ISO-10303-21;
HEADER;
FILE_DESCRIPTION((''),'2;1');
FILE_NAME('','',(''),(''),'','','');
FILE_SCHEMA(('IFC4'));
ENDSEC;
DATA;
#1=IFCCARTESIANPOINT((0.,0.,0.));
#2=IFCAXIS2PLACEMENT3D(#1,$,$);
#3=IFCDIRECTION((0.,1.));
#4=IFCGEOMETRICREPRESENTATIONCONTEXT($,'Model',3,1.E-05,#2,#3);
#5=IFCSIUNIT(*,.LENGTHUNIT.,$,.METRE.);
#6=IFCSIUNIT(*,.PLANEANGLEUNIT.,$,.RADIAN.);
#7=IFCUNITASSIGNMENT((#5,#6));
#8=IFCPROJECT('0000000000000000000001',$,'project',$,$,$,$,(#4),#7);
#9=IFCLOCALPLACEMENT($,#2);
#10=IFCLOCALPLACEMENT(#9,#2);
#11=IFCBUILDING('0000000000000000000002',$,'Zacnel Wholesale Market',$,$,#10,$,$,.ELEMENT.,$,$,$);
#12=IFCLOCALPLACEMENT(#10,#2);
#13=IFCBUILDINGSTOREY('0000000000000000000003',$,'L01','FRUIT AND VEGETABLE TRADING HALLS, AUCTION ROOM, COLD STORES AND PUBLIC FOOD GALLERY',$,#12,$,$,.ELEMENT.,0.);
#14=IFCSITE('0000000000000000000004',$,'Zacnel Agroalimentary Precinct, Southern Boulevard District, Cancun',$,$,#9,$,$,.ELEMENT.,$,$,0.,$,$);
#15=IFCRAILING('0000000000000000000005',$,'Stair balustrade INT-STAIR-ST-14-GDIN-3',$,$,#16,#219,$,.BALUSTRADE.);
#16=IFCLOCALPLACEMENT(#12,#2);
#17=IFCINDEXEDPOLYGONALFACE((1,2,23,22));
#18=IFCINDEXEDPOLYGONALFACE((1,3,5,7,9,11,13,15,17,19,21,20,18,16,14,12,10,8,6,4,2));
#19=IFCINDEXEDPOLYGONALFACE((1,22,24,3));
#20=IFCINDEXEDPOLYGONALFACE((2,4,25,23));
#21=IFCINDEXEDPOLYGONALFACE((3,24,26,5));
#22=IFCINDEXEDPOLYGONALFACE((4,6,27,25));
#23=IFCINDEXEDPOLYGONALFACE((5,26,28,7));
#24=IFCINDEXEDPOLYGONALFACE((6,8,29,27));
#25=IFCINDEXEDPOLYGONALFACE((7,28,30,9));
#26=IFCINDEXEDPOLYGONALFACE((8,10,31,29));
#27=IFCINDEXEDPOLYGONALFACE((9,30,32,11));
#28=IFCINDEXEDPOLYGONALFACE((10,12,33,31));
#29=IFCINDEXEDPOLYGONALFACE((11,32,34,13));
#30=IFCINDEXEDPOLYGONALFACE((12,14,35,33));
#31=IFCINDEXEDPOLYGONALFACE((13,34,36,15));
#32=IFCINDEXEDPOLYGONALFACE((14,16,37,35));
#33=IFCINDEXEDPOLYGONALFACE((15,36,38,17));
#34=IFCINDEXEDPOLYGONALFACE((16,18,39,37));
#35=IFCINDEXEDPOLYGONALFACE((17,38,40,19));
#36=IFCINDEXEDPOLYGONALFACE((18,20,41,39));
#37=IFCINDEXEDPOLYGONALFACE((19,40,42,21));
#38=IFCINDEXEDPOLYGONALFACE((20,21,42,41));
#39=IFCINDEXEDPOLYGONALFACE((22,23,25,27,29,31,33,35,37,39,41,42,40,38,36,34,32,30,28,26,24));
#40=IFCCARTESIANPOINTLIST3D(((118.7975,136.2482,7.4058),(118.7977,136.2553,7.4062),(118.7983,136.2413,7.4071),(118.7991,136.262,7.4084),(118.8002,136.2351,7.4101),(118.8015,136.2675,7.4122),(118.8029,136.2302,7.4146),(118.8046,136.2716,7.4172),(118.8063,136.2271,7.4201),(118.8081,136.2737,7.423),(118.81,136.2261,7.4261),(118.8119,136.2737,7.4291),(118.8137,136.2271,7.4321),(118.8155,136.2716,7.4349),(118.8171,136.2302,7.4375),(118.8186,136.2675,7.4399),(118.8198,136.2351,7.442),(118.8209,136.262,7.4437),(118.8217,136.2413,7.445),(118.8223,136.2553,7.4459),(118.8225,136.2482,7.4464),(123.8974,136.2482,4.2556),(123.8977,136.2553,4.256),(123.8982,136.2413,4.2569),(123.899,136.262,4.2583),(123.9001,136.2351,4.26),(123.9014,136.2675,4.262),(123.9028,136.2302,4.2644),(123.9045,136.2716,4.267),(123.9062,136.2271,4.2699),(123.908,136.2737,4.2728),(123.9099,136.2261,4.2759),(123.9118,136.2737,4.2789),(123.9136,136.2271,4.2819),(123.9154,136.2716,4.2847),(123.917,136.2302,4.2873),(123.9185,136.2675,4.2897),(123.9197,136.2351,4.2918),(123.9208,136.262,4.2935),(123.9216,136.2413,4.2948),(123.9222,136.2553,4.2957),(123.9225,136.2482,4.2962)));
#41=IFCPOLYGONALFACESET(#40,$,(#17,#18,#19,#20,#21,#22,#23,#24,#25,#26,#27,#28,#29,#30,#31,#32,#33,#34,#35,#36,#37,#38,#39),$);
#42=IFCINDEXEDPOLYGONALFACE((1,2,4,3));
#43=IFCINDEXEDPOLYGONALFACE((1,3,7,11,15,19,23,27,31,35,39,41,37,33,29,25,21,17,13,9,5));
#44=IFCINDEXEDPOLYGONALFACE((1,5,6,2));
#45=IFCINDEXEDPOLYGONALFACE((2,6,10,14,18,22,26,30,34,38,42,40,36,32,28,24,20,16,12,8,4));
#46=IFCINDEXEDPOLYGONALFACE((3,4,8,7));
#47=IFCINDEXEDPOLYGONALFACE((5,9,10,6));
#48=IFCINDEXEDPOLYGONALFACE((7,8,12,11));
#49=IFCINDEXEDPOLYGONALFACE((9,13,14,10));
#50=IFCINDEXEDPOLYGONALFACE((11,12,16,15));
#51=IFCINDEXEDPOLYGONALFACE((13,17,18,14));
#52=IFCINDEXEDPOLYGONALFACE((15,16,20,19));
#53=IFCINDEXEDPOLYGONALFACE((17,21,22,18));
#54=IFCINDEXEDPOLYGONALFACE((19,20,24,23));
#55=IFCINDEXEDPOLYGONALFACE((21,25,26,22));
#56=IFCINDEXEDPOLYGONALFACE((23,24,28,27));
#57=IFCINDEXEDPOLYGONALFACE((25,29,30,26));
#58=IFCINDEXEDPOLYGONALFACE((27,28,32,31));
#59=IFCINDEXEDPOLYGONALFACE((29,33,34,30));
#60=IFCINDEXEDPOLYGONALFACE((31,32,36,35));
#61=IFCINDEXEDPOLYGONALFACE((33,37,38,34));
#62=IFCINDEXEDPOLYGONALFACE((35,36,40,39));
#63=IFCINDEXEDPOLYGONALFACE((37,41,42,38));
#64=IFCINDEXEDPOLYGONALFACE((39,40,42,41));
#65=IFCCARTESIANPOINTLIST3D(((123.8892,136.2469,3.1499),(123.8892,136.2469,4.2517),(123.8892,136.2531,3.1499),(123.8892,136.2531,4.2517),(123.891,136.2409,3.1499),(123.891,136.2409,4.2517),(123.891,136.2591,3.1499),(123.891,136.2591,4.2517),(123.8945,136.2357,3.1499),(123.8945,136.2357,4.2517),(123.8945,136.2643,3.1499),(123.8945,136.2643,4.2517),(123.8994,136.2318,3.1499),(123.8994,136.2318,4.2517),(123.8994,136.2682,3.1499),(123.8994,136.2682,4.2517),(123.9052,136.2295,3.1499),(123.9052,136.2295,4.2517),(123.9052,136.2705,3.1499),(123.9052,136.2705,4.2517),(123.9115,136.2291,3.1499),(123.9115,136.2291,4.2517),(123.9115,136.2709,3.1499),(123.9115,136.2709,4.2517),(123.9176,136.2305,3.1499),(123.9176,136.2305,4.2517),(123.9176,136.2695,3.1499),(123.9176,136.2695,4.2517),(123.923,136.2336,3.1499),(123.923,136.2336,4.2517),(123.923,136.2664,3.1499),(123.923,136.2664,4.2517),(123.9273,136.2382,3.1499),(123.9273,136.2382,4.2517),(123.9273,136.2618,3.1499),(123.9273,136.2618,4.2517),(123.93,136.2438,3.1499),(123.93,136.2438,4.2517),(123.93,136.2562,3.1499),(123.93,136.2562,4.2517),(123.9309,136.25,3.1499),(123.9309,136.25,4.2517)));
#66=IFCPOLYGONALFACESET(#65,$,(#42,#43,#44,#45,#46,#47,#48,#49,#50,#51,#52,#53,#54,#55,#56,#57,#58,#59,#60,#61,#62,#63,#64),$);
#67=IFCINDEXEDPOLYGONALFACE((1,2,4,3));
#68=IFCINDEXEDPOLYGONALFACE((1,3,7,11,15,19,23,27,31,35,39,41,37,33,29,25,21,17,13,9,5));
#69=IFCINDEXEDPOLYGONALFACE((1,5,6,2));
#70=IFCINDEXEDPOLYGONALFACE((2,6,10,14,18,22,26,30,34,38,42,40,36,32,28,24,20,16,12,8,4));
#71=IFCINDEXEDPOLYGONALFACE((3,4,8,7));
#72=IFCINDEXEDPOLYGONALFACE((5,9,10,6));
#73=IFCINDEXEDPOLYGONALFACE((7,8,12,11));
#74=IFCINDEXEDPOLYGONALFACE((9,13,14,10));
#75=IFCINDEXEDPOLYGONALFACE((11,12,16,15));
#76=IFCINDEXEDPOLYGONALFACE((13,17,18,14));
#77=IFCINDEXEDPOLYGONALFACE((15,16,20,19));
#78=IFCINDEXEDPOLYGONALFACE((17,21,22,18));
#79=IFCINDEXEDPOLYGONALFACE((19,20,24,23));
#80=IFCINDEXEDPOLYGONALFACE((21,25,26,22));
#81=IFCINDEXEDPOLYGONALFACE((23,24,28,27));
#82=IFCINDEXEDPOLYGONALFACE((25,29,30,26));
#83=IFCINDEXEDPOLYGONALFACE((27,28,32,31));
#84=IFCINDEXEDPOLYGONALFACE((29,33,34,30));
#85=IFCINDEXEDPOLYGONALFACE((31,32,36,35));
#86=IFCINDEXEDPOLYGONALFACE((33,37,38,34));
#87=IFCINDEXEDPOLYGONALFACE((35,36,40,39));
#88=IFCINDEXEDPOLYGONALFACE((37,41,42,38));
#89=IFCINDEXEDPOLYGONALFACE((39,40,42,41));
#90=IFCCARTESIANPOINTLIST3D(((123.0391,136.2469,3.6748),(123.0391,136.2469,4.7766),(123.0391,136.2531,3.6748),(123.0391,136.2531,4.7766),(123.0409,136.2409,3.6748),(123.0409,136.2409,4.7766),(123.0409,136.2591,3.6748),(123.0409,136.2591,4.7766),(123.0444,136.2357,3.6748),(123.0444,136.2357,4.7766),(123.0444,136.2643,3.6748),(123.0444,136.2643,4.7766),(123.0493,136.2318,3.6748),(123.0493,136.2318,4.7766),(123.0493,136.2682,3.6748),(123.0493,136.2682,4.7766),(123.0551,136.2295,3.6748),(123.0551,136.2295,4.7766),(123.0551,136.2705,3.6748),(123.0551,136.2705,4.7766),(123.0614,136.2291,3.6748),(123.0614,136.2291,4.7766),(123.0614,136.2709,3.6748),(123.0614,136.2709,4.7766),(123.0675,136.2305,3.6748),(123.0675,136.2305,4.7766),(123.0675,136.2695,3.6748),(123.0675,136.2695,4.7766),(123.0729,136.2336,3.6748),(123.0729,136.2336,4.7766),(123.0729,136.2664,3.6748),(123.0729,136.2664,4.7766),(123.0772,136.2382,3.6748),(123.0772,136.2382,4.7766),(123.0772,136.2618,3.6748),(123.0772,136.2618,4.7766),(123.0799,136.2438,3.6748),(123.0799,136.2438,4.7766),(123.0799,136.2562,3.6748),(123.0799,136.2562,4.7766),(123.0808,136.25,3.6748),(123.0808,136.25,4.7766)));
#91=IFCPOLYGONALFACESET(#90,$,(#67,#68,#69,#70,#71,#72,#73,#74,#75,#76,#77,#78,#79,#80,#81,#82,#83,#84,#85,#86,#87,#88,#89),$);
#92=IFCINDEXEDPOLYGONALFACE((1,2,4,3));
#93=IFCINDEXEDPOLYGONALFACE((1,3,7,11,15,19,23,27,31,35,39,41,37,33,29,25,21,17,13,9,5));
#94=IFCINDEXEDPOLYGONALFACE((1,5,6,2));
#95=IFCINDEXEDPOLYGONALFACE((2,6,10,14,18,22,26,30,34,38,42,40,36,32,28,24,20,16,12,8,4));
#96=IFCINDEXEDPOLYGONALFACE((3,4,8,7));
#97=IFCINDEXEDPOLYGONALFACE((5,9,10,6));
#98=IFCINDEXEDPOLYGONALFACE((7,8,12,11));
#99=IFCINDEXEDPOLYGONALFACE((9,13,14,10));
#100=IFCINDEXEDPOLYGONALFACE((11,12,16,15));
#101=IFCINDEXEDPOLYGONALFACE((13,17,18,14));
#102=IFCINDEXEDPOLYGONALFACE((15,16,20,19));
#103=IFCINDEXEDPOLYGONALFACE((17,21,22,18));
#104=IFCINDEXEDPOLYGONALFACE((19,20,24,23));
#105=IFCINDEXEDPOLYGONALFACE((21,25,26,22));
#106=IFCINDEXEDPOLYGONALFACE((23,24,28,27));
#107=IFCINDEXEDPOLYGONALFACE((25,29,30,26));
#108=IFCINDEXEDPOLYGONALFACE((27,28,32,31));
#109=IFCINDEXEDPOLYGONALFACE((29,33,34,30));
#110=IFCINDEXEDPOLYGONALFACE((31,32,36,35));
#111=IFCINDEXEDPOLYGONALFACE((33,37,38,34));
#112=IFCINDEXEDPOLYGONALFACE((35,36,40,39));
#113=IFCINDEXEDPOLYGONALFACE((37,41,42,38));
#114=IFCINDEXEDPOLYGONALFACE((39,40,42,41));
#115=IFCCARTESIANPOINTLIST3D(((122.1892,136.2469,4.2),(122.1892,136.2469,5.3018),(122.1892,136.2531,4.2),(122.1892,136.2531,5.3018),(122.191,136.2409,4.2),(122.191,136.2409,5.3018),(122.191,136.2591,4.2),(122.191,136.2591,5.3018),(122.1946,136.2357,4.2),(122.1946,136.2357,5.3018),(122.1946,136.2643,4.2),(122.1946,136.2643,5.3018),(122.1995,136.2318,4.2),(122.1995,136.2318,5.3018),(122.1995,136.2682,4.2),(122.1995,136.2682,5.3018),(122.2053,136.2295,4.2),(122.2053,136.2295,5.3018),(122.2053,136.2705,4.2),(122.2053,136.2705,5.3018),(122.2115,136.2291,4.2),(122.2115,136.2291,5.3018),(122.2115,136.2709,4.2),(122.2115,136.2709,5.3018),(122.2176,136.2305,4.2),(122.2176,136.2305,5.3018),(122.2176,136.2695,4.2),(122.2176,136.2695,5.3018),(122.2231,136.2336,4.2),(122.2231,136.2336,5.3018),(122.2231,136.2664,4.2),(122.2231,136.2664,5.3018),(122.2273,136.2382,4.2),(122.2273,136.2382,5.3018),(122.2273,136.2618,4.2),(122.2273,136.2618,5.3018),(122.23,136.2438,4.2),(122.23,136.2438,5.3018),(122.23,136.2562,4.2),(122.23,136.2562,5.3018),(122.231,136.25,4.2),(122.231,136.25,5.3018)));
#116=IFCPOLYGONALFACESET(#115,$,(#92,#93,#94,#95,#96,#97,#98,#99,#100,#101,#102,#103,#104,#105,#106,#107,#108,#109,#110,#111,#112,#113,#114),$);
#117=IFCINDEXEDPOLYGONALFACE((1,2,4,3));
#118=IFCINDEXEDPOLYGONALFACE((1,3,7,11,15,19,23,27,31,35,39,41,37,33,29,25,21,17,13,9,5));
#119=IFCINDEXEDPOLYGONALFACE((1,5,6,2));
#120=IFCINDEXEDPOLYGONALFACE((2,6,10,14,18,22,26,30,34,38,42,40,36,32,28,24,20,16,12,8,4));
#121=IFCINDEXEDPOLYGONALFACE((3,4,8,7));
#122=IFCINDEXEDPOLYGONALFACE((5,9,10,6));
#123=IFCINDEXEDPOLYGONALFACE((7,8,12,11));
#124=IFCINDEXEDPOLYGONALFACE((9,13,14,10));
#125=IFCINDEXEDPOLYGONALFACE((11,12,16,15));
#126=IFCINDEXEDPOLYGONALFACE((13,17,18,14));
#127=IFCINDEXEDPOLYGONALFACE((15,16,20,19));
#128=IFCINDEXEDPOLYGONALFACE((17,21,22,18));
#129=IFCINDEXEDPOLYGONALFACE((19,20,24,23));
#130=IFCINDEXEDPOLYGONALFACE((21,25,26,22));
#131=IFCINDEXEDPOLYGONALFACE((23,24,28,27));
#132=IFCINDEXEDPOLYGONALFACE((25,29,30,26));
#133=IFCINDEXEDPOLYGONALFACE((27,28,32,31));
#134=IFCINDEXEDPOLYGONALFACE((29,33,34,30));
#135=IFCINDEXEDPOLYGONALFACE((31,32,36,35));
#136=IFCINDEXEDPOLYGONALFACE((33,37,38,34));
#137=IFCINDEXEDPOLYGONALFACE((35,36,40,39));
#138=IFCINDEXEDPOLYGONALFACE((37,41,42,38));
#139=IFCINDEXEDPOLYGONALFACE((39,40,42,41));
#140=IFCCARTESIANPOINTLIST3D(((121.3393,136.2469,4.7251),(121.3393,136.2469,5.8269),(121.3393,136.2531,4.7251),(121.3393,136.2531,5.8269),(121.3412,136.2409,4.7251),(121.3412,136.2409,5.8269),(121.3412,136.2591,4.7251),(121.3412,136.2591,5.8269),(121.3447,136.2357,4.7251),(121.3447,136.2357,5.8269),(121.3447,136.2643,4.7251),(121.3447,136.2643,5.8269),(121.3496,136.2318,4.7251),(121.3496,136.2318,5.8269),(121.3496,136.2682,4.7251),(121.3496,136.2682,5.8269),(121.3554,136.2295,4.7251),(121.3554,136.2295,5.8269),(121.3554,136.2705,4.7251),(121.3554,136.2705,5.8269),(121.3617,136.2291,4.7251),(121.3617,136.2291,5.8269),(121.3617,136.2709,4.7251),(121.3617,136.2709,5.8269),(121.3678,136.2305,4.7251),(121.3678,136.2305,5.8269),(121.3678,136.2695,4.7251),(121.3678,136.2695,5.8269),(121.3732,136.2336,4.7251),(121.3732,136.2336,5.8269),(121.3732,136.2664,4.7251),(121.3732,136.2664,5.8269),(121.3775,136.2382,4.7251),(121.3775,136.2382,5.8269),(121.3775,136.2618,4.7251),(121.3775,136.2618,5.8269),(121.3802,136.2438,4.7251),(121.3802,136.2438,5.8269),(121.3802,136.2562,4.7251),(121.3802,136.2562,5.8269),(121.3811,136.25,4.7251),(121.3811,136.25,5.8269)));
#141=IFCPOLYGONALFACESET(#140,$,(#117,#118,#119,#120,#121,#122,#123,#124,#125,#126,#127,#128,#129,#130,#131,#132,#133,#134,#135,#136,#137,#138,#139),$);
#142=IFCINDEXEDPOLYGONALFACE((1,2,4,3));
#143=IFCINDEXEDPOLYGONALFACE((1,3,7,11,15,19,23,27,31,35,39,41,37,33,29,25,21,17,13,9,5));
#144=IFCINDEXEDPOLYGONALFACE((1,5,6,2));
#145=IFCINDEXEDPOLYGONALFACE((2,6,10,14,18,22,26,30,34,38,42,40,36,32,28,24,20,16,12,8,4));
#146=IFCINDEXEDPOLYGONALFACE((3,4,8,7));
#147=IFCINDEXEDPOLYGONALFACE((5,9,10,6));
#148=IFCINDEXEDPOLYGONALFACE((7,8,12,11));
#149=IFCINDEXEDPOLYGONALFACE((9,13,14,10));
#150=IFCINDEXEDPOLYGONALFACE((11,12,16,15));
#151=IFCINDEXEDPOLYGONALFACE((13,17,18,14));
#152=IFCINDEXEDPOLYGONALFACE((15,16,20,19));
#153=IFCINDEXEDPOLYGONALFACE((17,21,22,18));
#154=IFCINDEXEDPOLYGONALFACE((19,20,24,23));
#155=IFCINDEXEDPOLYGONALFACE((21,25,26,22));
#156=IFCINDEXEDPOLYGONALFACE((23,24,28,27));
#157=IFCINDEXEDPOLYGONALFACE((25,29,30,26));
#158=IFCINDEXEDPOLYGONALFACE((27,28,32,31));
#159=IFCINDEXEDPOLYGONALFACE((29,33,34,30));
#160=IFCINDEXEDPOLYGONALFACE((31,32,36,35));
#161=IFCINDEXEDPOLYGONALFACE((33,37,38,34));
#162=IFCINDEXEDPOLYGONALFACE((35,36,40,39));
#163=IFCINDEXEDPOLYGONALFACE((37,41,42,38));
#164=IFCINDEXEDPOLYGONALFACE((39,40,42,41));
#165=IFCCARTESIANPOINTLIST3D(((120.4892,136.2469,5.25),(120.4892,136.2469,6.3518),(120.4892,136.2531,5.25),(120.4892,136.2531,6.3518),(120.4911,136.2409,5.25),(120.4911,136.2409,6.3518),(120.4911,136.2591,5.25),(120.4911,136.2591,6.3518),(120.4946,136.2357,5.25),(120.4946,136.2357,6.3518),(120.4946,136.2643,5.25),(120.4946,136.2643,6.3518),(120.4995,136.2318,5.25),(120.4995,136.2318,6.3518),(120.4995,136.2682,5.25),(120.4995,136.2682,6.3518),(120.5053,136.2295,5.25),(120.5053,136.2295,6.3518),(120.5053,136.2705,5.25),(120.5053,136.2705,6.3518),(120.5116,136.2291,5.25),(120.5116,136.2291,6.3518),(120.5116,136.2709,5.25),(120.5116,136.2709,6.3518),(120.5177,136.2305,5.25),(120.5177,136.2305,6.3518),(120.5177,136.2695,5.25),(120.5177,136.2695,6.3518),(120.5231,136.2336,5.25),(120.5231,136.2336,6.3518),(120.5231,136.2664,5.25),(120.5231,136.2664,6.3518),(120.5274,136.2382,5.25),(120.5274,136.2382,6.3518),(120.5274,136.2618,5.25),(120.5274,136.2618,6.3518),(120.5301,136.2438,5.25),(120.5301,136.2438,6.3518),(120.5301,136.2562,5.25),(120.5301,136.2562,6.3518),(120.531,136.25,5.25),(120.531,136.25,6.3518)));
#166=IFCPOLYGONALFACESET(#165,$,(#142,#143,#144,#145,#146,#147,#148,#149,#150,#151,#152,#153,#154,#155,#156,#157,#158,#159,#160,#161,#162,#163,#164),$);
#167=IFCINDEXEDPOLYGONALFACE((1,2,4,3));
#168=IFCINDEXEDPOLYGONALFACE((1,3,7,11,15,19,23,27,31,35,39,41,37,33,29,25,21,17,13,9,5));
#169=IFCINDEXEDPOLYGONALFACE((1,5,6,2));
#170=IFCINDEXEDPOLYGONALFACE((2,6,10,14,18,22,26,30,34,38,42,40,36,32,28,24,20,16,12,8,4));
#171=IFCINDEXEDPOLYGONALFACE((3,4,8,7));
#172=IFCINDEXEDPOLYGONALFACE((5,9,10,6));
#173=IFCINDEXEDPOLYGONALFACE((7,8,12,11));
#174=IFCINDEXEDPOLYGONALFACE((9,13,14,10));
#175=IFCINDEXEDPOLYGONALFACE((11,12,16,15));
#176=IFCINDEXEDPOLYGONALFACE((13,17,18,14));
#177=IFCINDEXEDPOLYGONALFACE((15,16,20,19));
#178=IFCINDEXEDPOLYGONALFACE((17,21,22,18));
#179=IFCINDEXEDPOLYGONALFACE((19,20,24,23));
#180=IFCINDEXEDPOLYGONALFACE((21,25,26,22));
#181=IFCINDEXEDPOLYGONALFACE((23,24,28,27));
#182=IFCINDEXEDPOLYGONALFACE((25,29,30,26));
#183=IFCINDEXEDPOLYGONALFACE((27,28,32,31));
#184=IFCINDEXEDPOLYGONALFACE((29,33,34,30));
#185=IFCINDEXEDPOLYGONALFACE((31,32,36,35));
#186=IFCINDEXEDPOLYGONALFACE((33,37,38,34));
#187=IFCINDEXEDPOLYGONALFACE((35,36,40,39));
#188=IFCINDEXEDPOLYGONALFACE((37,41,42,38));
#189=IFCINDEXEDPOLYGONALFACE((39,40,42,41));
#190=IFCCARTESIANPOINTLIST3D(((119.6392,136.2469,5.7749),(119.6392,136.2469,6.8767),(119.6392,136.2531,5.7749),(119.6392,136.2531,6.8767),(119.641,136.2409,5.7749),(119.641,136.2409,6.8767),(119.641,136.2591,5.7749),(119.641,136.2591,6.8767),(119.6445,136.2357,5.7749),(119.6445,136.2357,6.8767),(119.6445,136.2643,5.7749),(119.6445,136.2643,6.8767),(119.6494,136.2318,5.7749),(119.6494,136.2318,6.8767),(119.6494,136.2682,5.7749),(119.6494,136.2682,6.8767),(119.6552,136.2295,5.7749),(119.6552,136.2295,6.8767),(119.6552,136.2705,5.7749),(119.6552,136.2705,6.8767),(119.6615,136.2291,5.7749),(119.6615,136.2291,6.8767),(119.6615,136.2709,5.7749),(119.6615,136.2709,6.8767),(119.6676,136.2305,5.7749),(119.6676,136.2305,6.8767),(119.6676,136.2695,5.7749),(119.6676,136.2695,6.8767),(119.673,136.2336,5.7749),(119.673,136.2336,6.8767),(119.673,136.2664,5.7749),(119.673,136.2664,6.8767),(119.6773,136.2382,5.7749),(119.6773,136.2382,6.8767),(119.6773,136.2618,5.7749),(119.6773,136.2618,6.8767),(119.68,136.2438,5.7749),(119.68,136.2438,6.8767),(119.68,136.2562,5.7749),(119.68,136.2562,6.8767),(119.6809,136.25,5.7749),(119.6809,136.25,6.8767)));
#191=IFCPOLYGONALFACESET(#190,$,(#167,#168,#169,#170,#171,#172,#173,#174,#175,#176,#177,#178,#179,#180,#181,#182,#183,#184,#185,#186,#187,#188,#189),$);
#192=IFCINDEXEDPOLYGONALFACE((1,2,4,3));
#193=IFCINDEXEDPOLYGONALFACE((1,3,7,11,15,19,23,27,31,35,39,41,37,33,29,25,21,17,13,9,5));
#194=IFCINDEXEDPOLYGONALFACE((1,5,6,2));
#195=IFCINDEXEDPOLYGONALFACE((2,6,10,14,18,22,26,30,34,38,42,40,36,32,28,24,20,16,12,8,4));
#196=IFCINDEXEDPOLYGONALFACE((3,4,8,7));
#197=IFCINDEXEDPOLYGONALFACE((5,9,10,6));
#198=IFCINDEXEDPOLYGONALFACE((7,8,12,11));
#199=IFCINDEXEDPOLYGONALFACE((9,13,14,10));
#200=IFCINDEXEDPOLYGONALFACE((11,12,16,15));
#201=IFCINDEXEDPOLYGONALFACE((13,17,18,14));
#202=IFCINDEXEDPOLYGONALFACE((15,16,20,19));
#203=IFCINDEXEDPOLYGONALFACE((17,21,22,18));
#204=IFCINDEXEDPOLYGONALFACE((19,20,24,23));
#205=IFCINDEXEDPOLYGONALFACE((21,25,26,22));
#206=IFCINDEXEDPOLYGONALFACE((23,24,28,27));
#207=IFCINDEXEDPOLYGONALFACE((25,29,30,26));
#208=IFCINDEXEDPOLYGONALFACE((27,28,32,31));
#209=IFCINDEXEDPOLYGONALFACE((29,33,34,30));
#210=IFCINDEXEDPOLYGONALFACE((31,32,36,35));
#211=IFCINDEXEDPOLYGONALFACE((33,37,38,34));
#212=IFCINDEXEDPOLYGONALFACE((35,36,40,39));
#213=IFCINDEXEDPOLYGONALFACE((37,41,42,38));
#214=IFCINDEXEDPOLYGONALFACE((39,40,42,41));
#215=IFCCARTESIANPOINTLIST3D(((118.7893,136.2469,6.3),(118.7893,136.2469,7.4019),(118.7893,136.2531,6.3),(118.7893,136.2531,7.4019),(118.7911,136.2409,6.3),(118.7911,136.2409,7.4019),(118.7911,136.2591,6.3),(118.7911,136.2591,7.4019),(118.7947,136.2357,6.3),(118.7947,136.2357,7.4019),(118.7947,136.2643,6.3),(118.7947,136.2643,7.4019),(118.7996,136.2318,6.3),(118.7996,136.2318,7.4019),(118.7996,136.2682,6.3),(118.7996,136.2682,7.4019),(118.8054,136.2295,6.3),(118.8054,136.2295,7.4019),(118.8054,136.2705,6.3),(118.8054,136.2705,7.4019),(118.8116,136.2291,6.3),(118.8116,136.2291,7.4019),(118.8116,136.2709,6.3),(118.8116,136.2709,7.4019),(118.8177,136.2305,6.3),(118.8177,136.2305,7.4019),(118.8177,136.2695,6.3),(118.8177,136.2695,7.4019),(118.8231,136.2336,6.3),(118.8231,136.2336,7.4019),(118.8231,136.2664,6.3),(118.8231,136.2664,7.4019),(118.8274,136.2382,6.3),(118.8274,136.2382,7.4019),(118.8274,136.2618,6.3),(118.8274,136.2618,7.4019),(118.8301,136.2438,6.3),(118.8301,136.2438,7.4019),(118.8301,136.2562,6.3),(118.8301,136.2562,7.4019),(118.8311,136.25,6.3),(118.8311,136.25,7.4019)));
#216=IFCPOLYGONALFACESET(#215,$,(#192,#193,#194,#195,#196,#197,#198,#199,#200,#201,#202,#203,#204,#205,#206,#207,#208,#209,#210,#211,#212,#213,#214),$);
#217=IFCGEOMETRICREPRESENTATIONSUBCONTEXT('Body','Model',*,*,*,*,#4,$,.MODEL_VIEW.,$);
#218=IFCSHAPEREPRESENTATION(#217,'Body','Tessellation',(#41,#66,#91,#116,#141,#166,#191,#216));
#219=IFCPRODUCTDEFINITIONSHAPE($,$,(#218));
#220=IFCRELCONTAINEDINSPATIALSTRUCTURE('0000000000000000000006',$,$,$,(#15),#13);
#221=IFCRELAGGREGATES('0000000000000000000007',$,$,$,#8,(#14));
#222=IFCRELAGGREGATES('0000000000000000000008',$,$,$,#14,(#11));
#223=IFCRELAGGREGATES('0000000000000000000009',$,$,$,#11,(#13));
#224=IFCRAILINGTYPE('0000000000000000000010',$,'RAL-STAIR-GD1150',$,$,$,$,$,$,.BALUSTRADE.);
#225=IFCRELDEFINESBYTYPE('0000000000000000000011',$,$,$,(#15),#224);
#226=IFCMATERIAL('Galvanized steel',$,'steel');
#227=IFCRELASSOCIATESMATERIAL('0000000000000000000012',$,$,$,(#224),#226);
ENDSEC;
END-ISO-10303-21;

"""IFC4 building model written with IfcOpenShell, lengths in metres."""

from ifc_helpers import new_model, si_unit, direction, frame, origin, origin_2d, place, context, subcontext, project, spatial, circle, extrude, material, type_object, element, save


model = new_model("IFC4")

# Units and contexts
model_context = context("Model", 3, precision=1e-05, world=origin(), true_north=direction((0.0, 1.0)))
body_context = subcontext(model_context, "Body", "Model", "MODEL_VIEW")
ifc_project = project(units=[si_unit("LENGTHUNIT", "METRE"), si_unit("PLANEANGLEUNIT", "RADIAN")], contexts=[model_context])

# Site, building, storey
site_placement = place(None, origin())
site = spatial("IfcSite", under=ifc_project, at=site_placement, Name="Zacnel Agroalimentary Precinct, Southern Boulevard District, Cancun", CompositionType="ELEMENT", RefElevation=0.0)
building_placement = place(site_placement, origin())
building = spatial("IfcBuilding", under=site, at=building_placement, Name="Zacnel Wholesale Market", CompositionType="ELEMENT")
storey_placement = place(building_placement, origin())
storey = spatial("IfcBuildingStorey", under=building, at=storey_placement, Name="L01", Description="FRUIT AND VEGETABLE TRADING HALLS, AUCTION ROOM, COLD STORES AND PUBLIC FOOD GALLERY", CompositionType="ELEMENT", Elevation=0.0)

# Railing
ifc_material_1 = material(Name="Galvanized steel", Category="steel")
railing_type_1 = type_object("IfcRailingType", Name="RAL-STAIR-GD1150", PredefinedType="BALUSTRADE", material=ifc_material_1)
railing_1_placement = place(storey_placement, frame((123.9099, 136.25, 3.1499)))
element("IfcRailing", 1, at=railing_1_placement, inside=storey, type_object=railing_type_1, Name="Stair balustrade INT-STAIR-ST-14-GDIN-3", PredefinedType="BALUSTRADE", context=body_context, shape_type="SweptSolid", body=[
    extrude(circle(Radius=0.0239, at=origin_2d()), frame((0.0, 0.0, 1.126), z_axis=(-0.85078, 0.0, 0.525521), x_axis=(0.0, -1.0, 0.0)), (0.0, 0.0, 1.0), 5.9944),
    extrude(circle(Radius=0.021, at=origin_2d()), origin(), (0.0, 0.0, 1.0), 1.1018),
    extrude(circle(Radius=0.021, at=origin_2d()), frame((-0.8501, 0.0, 0.5249)), (0.0, 0.0, 1.0), 1.1018),
    extrude(circle(Radius=0.021, at=origin_2d()), frame((-1.7, 0.0, 1.05)), (0.0, 0.0, 1.0), 1.1018),
    extrude(circle(Radius=0.021, at=origin_2d()), frame((-2.5498, 0.0, 1.5752)), (0.0, 0.0, 1.0), 1.1018),
    extrude(circle(Radius=0.021, at=origin_2d()), frame((-3.3999, 0.0, 2.1001)), (0.0, 0.0, 1.0), 1.1018),
    extrude(circle(Radius=0.021, at=origin_2d()), frame((-4.25, 0.0, 2.625)), (0.0, 0.0, 1.0), 1.1018),
    extrude(circle(Radius=0.021, at=origin_2d()), frame((-5.0999, 0.0, 3.1501)), (0.0, 0.0, 1.0), 1.1018),
])

save(model, "model.ifc")
